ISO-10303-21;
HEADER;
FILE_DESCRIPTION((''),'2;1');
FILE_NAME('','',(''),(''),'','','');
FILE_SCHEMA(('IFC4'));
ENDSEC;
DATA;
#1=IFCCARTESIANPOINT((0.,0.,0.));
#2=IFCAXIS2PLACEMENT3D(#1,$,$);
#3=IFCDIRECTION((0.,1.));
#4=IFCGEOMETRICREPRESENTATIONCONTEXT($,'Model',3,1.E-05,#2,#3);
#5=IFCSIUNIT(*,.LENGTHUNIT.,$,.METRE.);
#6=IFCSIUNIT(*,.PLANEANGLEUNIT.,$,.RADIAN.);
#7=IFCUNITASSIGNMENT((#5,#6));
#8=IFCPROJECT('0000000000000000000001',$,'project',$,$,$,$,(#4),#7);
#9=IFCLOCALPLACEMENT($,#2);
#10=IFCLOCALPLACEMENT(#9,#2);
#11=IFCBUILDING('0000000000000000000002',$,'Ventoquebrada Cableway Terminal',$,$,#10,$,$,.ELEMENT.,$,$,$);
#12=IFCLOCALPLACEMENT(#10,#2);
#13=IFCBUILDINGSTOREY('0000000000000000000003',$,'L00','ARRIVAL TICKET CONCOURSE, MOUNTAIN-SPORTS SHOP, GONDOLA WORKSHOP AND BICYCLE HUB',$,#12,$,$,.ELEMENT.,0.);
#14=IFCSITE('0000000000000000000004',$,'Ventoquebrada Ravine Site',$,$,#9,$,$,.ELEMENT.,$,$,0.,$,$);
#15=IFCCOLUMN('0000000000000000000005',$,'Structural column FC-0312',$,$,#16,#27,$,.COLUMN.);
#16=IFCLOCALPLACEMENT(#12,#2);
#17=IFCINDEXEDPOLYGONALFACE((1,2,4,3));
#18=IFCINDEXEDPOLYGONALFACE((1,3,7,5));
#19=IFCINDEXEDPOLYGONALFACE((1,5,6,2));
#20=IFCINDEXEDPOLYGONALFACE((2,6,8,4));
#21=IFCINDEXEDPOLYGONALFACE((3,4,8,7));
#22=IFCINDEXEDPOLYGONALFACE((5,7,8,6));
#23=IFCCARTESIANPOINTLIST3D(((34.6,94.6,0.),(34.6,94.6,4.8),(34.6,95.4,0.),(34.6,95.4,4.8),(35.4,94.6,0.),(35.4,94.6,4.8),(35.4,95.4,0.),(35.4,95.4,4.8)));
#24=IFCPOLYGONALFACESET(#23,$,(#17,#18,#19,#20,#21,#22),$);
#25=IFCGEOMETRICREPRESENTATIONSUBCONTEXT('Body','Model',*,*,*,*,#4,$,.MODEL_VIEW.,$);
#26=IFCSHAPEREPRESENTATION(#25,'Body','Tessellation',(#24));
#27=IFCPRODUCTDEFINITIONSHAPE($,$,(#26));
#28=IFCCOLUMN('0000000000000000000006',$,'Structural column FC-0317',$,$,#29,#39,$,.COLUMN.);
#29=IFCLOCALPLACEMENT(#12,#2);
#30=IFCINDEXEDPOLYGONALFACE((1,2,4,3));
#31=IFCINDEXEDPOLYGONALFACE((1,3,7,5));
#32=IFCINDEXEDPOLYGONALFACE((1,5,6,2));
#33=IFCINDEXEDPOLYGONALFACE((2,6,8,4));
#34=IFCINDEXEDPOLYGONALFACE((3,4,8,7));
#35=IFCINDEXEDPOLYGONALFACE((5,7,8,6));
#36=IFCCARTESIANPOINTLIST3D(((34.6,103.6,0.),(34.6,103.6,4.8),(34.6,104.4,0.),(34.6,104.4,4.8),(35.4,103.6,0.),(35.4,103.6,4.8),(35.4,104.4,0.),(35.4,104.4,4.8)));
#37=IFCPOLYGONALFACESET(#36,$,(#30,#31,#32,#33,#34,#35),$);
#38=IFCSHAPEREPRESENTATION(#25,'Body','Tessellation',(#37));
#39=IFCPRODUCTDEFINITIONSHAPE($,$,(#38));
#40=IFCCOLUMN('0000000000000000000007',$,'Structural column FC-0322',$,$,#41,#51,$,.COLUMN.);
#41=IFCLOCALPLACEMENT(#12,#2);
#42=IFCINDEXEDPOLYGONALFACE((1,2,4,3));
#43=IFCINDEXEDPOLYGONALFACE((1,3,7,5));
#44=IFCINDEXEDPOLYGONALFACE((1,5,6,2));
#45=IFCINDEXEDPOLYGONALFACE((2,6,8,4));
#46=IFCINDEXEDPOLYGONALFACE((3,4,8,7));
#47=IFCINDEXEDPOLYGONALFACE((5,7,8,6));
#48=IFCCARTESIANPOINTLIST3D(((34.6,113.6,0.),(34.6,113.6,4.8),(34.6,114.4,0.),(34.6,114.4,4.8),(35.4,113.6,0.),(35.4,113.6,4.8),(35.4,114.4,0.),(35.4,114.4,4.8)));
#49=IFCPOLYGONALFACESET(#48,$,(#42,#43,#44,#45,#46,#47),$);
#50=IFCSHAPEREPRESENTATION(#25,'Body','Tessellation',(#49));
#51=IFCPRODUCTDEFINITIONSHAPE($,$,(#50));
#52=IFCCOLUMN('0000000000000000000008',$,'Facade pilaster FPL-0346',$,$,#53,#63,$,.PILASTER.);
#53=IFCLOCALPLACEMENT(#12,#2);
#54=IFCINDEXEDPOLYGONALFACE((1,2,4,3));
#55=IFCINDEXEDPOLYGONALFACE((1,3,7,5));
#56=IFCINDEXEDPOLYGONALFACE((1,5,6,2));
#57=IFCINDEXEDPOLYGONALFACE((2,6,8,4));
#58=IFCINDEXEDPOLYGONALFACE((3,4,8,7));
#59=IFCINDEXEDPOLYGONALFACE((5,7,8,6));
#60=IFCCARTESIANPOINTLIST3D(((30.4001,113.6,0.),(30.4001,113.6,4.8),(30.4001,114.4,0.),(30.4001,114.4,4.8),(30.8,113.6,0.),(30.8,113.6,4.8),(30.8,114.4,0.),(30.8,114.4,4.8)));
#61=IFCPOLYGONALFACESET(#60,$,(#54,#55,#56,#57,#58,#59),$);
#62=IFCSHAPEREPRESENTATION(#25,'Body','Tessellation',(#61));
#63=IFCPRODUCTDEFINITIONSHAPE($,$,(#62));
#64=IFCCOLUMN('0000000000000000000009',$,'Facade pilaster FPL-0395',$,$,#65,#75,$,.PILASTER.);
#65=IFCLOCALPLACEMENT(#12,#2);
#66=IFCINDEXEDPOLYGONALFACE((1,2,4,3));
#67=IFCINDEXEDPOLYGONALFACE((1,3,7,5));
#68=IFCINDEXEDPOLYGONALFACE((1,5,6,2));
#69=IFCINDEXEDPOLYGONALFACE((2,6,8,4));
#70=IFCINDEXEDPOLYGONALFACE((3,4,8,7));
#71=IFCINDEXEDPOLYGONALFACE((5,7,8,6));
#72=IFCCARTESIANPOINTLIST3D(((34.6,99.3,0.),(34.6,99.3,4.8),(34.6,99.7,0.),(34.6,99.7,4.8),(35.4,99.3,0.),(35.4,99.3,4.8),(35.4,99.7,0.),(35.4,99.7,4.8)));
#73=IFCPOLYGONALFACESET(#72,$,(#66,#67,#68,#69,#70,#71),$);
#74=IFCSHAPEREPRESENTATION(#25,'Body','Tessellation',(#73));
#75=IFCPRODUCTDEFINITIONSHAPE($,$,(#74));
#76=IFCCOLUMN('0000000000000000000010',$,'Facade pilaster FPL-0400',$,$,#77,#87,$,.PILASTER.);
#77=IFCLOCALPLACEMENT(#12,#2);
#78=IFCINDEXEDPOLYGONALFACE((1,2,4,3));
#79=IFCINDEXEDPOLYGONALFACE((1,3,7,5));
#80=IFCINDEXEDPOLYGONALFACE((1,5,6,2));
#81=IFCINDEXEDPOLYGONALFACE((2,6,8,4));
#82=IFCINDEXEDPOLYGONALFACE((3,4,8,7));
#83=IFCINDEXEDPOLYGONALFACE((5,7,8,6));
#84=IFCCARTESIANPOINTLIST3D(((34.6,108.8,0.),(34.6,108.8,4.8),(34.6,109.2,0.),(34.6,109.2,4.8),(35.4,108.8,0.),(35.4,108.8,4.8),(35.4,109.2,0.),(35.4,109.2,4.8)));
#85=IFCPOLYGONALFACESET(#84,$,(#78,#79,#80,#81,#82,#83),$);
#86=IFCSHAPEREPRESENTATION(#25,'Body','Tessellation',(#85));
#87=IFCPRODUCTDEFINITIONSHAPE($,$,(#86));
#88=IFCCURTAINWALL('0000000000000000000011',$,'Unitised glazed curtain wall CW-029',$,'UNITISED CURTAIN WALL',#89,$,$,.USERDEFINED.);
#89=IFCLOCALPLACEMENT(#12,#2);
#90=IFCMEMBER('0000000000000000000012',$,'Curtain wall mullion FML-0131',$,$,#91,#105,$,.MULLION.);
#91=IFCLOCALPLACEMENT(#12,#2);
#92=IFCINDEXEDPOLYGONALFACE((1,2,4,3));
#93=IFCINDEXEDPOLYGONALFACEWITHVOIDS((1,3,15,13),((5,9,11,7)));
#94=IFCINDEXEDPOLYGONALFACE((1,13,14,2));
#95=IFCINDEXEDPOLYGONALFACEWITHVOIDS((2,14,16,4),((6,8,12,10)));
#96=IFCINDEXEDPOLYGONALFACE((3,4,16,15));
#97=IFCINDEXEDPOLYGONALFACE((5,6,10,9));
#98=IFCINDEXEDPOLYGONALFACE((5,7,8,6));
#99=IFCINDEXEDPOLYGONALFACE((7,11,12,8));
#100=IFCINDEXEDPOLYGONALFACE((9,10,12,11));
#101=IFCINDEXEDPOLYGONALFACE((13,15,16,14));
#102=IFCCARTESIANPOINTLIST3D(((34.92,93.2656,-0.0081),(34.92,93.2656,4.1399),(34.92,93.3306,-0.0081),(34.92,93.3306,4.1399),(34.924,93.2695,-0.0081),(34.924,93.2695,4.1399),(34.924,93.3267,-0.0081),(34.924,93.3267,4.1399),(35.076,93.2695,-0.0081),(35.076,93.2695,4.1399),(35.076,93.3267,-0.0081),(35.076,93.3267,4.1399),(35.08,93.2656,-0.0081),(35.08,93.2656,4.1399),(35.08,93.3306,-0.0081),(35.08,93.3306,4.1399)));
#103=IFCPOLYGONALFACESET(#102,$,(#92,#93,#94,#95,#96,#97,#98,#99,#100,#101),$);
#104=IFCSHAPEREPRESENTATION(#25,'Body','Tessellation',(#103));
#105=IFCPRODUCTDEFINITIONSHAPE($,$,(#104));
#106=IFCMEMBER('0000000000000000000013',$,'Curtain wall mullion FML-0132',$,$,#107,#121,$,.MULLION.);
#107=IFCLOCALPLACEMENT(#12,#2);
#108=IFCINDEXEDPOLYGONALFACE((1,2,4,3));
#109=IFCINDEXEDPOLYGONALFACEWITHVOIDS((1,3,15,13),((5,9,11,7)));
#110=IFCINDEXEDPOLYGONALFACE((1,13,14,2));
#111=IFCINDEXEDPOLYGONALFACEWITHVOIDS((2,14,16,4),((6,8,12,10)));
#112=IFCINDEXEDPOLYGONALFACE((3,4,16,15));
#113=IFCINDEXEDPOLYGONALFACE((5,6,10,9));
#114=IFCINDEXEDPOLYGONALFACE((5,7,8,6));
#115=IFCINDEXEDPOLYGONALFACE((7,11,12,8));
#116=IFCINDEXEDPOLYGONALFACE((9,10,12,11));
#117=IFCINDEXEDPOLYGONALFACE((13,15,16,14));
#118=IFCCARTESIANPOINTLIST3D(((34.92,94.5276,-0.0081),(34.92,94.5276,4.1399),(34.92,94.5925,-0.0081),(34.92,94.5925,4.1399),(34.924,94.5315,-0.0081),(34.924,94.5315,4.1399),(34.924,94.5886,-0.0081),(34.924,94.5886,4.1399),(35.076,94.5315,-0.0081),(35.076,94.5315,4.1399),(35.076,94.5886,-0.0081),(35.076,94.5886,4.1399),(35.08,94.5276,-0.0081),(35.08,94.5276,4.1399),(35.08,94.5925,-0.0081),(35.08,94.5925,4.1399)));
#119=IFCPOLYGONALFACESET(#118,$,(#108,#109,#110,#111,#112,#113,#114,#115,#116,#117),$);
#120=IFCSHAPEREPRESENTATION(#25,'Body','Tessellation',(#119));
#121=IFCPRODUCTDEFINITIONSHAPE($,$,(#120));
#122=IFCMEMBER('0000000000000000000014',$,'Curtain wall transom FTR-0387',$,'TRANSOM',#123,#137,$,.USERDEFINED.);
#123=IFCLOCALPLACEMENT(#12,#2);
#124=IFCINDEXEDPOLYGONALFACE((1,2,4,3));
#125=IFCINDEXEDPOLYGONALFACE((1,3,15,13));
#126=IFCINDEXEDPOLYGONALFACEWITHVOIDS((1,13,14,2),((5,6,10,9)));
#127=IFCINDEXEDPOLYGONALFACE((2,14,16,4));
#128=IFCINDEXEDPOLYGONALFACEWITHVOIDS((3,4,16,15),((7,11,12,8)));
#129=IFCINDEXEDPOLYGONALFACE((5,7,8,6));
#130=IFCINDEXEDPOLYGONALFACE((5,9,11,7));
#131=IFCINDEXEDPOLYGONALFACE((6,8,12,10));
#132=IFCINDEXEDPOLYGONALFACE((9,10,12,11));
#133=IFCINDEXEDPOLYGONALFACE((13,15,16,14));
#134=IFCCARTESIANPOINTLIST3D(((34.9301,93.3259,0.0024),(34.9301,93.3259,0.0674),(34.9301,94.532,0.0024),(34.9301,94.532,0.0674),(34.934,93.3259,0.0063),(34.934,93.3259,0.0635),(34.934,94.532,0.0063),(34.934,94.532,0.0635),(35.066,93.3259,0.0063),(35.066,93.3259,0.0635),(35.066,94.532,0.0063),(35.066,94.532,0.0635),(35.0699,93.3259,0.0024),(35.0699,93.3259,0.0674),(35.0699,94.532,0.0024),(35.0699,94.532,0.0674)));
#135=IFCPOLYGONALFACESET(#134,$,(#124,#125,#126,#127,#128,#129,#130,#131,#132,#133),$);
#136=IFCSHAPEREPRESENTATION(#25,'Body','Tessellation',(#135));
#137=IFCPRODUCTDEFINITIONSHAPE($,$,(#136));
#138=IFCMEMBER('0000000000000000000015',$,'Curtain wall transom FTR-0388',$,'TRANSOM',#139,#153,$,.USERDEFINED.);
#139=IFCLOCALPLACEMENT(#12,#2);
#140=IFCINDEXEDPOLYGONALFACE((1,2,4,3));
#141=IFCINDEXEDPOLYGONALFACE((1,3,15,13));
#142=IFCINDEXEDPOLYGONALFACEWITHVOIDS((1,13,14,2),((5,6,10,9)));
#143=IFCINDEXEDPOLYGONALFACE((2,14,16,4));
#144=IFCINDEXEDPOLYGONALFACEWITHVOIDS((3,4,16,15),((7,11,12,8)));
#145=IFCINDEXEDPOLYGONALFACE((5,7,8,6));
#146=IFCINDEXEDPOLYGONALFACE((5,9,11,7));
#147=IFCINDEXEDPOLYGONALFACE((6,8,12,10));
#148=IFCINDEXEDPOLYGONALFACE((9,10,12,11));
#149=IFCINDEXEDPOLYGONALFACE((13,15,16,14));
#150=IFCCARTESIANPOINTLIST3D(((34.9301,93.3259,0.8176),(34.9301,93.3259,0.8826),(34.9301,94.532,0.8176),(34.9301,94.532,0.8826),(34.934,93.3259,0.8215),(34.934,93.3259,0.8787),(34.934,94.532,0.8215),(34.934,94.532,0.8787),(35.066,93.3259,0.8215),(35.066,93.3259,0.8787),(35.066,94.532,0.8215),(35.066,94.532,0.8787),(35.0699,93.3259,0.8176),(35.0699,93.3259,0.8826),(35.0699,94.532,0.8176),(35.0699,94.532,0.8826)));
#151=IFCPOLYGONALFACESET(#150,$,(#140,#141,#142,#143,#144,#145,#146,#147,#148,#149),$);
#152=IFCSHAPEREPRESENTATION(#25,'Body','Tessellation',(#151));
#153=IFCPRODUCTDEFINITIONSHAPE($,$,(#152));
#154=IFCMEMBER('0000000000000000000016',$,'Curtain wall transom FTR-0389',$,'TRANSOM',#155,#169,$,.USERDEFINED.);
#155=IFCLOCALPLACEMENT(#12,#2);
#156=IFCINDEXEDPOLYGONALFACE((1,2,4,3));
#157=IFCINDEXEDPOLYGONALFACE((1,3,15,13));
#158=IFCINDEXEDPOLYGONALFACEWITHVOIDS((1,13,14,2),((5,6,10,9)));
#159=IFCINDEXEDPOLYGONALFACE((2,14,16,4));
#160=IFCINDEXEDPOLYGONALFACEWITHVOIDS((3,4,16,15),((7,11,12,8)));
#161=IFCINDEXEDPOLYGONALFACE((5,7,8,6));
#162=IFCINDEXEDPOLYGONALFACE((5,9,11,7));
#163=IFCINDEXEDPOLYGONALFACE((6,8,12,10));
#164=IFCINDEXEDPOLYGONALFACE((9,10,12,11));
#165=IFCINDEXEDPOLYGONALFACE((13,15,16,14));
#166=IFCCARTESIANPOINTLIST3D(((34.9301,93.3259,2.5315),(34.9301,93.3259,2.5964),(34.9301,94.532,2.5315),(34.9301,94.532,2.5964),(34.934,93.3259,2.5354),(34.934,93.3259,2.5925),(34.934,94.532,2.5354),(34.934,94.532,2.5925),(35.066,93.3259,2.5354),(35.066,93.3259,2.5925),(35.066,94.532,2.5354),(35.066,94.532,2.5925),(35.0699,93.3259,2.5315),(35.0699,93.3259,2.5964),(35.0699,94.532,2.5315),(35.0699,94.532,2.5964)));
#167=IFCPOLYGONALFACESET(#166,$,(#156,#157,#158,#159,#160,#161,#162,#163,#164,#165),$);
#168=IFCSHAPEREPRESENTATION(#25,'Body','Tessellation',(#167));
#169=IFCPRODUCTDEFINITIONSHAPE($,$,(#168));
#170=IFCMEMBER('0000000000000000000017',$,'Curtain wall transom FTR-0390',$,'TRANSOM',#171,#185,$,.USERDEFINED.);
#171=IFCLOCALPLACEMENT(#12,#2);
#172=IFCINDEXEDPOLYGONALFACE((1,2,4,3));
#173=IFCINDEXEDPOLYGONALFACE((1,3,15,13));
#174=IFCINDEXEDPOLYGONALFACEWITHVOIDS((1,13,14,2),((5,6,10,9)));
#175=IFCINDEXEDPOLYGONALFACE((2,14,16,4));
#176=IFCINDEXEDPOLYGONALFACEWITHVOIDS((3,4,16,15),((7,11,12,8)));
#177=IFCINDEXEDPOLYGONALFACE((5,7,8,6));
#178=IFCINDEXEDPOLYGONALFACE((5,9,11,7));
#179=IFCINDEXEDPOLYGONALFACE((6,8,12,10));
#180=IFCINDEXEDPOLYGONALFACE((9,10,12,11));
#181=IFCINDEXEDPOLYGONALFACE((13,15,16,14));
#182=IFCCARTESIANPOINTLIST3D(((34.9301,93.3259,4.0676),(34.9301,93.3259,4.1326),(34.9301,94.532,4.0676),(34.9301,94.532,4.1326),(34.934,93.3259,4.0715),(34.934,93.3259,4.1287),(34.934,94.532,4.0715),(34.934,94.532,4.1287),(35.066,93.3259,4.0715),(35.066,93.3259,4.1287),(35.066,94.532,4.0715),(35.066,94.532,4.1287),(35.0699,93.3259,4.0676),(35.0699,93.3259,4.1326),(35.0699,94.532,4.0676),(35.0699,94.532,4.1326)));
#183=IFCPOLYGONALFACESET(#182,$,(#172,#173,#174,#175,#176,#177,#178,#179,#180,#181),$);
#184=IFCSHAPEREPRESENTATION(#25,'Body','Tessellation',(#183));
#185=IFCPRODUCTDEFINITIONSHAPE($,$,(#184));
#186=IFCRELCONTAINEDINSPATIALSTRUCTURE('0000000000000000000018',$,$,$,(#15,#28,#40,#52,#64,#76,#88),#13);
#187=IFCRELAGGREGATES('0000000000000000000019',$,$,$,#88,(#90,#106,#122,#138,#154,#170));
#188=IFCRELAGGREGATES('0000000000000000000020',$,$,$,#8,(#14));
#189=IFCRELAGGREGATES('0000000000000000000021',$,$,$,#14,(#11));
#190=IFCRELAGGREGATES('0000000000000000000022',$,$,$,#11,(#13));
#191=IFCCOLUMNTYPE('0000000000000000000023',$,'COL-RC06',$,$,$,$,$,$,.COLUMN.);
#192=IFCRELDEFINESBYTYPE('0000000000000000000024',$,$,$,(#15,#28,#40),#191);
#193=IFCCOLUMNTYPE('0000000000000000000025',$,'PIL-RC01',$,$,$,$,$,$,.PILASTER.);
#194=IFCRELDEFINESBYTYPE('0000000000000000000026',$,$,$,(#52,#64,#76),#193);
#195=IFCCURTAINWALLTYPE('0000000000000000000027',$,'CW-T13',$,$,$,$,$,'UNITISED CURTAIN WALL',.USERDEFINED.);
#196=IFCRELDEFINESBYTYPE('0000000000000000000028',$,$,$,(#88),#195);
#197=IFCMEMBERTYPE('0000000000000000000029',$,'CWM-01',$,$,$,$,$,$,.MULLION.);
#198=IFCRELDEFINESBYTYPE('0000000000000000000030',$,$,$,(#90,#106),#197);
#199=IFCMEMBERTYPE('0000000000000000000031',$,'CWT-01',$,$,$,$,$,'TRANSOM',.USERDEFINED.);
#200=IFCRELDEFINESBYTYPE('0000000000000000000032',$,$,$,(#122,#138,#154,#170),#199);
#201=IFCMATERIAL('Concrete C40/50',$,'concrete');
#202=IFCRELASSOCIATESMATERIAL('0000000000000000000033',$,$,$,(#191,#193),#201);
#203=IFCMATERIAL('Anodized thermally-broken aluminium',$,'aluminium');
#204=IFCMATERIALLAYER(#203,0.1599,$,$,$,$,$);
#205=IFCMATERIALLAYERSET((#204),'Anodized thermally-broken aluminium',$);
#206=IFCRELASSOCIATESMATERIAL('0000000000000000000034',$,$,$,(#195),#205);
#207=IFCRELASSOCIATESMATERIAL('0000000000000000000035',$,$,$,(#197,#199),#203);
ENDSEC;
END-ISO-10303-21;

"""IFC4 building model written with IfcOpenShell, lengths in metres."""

from ifc_helpers import new_model, si_unit, direction, frame, origin, origin_2d, place, context, subcontext, project, spatial, rectangle, hollow_rectangle, extrude, material, layer, layer_set, material_profile, profile_set, type_object, element, aggregate, save


model = new_model("IFC4")

# Units and contexts
model_context = context("Model", 3, precision=1e-05, world=origin(), true_north=direction((0.0, 1.0)))
body_context = subcontext(model_context, "Body", "Model", "MODEL_VIEW")
ifc_project = project(units=[si_unit("LENGTHUNIT", "METRE"), si_unit("PLANEANGLEUNIT", "RADIAN")], contexts=[model_context])

# Site, building, storey
site_placement = place(None, origin())
site = spatial("IfcSite", under=ifc_project, at=site_placement, Name="Ventoquebrada Ravine Site", CompositionType="ELEMENT", RefElevation=0.0)
building_placement = place(site_placement, origin())
building = spatial("IfcBuilding", under=site, at=building_placement, Name="Ventoquebrada Cableway Terminal", CompositionType="ELEMENT")
storey_placement = place(building_placement, origin())
storey = spatial("IfcBuildingStorey", under=building, at=storey_placement, Name="L00", Description="ARRIVAL TICKET CONCOURSE, MOUNTAIN-SPORTS SHOP, GONDOLA WORKSHOP AND BICYCLE HUB", CompositionType="ELEMENT", Elevation=0.0)

# Columns
ifc_material_1 = material(Name="Concrete C40/50", Category="concrete")
ifc_material_profile_1 = material_profile(ifc_material_1, rectangle(XDim=0.8, YDim=0.8, at=origin_2d()), Name="RC-COL-800X800")
ifc_profile_set_1 = profile_set([ifc_material_profile_1], Name="Concrete C40/50")
column_type_1 = type_object("IfcColumnType", Name="COL-RC06", PredefinedType="COLUMN", material=ifc_profile_set_1)
for number, where, z_axis, x_axis, name in (
    (1, (35.0, 95.0, 0.0), (0.0, 0.0, 1.0), (1.0, 0.0, 0.0), "Structural column FC-0312"),
    (2, (35.0, 104.0, 0.0), (0.0, 0.0, 1.0), (1.0, 0.0, 0.0), "Structural column FC-0317"),
    (3, (35.0, 114.0, 0.0), (0.0, 0.0, 1.0), (1.0, 0.0, 0.0), "Structural column FC-0322"),
):
    element("IfcColumn", number, at=place(storey_placement, frame(where, z_axis=z_axis, x_axis=x_axis)), inside=storey, type_object=column_type_1, Name=name, PredefinedType="COLUMN", context=body_context, shape_type="SweptSolid", body=[
        extrude(rectangle(XDim=0.8, YDim=0.8, at=origin_2d()), origin(), (0.0, 0.0, 1.0), 4.8),
    ])
ifc_material_profile_2 = material_profile(ifc_material_1, rectangle(XDim=0.3999, YDim=0.8, at=origin_2d()), Name="RC-PIL-400X800")
ifc_profile_set_2 = profile_set([ifc_material_profile_2], Name="Concrete C40/50")
column_type_2 = type_object("IfcColumnType", Name="PIL-RC01", PredefinedType="PILASTER", material=ifc_profile_set_2)
for number, where, z_axis, x_axis, name in (
    (4, (30.6001, 114.0, 0.0), (0.0, 0.0, 1.0), (1.0, 0.0, 0.0), "Facade pilaster FPL-0346"),
    (5, (35.0, 99.5, 0.0), (0.0, 0.0, 1.0), (0.0, 1.0, 0.0), "Facade pilaster FPL-0395"),
    (6, (35.0, 109.0, 0.0), (0.0, 0.0, 1.0), (0.0, 1.0, 0.0), "Facade pilaster FPL-0400"),
):
    element("IfcColumn", number, at=place(storey_placement, frame(where, z_axis=z_axis, x_axis=x_axis)), inside=storey, type_object=column_type_2, Name=name, PredefinedType="PILASTER", context=body_context, shape_type="SweptSolid", body=[
        extrude(rectangle(XDim=0.3999, YDim=0.8, at=origin_2d()), origin(), (0.0, 0.0, 1.0), 4.8),
    ])

# Curtain wall, members
ifc_material_2 = material(Name="Anodized thermally-broken aluminium", Category="aluminium")
ifc_layer_1 = layer(ifc_material_2, 0.1599)
ifc_layer_set_1 = layer_set([ifc_layer_1], Name="Anodized thermally-broken aluminium")
curtain_wall_type = type_object("IfcCurtainWallType", Name="CW-T13", ElementType="UNITISED CURTAIN WALL", PredefinedType="USERDEFINED", material=ifc_layer_set_1)
curtain_wall_placement = place(storey_placement, origin())
curtain_wall = element("IfcCurtainWall", 7, at=curtain_wall_placement, inside=storey, type_object=curtain_wall_type, Name="Unitised glazed curtain wall CW-029", ObjectType="UNITISED CURTAIN WALL", PredefinedType="USERDEFINED")
ifc_material_profile_3 = material_profile(ifc_material_2, hollow_rectangle(XDim=0.0649, YDim=0.1599, WallThickness=0.0039, at=origin_2d()), Name="CW-MUL-65X160")
ifc_profile_set_3 = profile_set([ifc_material_profile_3], Name="Anodized thermally-broken aluminium")
member_type_1 = type_object("IfcMemberType", Name="CWM-01", PredefinedType="MULLION", material=ifc_profile_set_3)
member_1_placement = place(storey_placement, frame((35.0, 93.2981, -0.0081), z_axis=(0.0, 0.0, 1.0), x_axis=(0.0, 1.0, 0.0)))
member_1 = element("IfcMember", 8, at=member_1_placement, type_object=member_type_1, Name="Curtain wall mullion FML-0131", PredefinedType="MULLION", context=body_context, shape_type="SweptSolid", body=[
    extrude(hollow_rectangle(XDim=0.0649, YDim=0.1599, WallThickness=0.0039, at=origin_2d()), origin(), (0.0, 0.0, 1.0), 4.1479),
])
member_2_placement = place(storey_placement, frame((35.0, 94.5601, -0.0081), z_axis=(0.0, 0.0, 1.0), x_axis=(0.0, 1.0, 0.0)))
member_2 = element("IfcMember", 9, at=member_2_placement, type_object=member_type_1, Name="Curtain wall mullion FML-0132", PredefinedType="MULLION", context=body_context, shape_type="SweptSolid", body=[
    extrude(hollow_rectangle(XDim=0.0649, YDim=0.1599, WallThickness=0.0039, at=origin_2d()), origin(), (0.0, 0.0, 1.0), 4.1479),
])
ifc_material_profile_4 = material_profile(ifc_material_2, hollow_rectangle(XDim=0.0649, YDim=0.1399, WallThickness=0.0039, at=origin_2d()), Name="CW-TRN-65X140")
ifc_profile_set_4 = profile_set([ifc_material_profile_4], Name="Anodized thermally-broken aluminium")
member_type_2 = type_object("IfcMemberType", Name="CWT-01", ElementType="TRANSOM", PredefinedType="USERDEFINED", material=ifc_profile_set_4)
member_3_placement = place(storey_placement, frame((35.0, 93.3259, 0.0349), z_axis=(0.0, 1.0, 0.0), x_axis=(0.0, 0.0, 1.0)))
member_3 = element("IfcMember", 10, at=member_3_placement, type_object=member_type_2, Name="Curtain wall transom FTR-0387", ObjectType="TRANSOM", PredefinedType="USERDEFINED", context=body_context, shape_type="SweptSolid", body=[
    extrude(hollow_rectangle(XDim=0.0649, YDim=0.1399, WallThickness=0.0039, at=origin_2d()), origin(), (0.0, 0.0, 1.0), 1.2061),
])
member_4_placement = place(storey_placement, frame((35.0, 93.3259, 0.8501), z_axis=(0.0, 1.0, 0.0), x_axis=(0.0, 0.0, 1.0)))
member_4 = element("IfcMember", 11, at=member_4_placement, type_object=member_type_2, Name="Curtain wall transom FTR-0388", ObjectType="TRANSOM", PredefinedType="USERDEFINED", context=body_context, shape_type="SweptSolid", body=[
    extrude(hollow_rectangle(XDim=0.0649, YDim=0.1399, WallThickness=0.0039, at=origin_2d()), origin(), (0.0, 0.0, 1.0), 1.2061),
])
member_5_placement = place(storey_placement, frame((35.0, 93.3259, 2.564), z_axis=(0.0, 1.0, 0.0), x_axis=(0.0, 0.0, 1.0)))
member_5 = element("IfcMember", 12, at=member_5_placement, type_object=member_type_2, Name="Curtain wall transom FTR-0389", ObjectType="TRANSOM", PredefinedType="USERDEFINED", context=body_context, shape_type="SweptSolid", body=[
    extrude(hollow_rectangle(XDim=0.0649, YDim=0.1399, WallThickness=0.0039, at=origin_2d()), origin(), (0.0, 0.0, 1.0), 1.2061),
])
member_6_placement = place(storey_placement, frame((35.0, 93.3259, 4.1001), z_axis=(0.0, 1.0, 0.0), x_axis=(0.0, 0.0, 1.0)))
member_6 = element("IfcMember", 13, at=member_6_placement, type_object=member_type_2, Name="Curtain wall transom FTR-0390", ObjectType="TRANSOM", PredefinedType="USERDEFINED", context=body_context, shape_type="SweptSolid", body=[
    extrude(hollow_rectangle(XDim=0.0649, YDim=0.1399, WallThickness=0.0039, at=origin_2d()), origin(), (0.0, 0.0, 1.0), 1.2061),
])

aggregate(curtain_wall, [member_1, member_2, member_3, member_4, member_5, member_6])

save(model, "model.ifc")
